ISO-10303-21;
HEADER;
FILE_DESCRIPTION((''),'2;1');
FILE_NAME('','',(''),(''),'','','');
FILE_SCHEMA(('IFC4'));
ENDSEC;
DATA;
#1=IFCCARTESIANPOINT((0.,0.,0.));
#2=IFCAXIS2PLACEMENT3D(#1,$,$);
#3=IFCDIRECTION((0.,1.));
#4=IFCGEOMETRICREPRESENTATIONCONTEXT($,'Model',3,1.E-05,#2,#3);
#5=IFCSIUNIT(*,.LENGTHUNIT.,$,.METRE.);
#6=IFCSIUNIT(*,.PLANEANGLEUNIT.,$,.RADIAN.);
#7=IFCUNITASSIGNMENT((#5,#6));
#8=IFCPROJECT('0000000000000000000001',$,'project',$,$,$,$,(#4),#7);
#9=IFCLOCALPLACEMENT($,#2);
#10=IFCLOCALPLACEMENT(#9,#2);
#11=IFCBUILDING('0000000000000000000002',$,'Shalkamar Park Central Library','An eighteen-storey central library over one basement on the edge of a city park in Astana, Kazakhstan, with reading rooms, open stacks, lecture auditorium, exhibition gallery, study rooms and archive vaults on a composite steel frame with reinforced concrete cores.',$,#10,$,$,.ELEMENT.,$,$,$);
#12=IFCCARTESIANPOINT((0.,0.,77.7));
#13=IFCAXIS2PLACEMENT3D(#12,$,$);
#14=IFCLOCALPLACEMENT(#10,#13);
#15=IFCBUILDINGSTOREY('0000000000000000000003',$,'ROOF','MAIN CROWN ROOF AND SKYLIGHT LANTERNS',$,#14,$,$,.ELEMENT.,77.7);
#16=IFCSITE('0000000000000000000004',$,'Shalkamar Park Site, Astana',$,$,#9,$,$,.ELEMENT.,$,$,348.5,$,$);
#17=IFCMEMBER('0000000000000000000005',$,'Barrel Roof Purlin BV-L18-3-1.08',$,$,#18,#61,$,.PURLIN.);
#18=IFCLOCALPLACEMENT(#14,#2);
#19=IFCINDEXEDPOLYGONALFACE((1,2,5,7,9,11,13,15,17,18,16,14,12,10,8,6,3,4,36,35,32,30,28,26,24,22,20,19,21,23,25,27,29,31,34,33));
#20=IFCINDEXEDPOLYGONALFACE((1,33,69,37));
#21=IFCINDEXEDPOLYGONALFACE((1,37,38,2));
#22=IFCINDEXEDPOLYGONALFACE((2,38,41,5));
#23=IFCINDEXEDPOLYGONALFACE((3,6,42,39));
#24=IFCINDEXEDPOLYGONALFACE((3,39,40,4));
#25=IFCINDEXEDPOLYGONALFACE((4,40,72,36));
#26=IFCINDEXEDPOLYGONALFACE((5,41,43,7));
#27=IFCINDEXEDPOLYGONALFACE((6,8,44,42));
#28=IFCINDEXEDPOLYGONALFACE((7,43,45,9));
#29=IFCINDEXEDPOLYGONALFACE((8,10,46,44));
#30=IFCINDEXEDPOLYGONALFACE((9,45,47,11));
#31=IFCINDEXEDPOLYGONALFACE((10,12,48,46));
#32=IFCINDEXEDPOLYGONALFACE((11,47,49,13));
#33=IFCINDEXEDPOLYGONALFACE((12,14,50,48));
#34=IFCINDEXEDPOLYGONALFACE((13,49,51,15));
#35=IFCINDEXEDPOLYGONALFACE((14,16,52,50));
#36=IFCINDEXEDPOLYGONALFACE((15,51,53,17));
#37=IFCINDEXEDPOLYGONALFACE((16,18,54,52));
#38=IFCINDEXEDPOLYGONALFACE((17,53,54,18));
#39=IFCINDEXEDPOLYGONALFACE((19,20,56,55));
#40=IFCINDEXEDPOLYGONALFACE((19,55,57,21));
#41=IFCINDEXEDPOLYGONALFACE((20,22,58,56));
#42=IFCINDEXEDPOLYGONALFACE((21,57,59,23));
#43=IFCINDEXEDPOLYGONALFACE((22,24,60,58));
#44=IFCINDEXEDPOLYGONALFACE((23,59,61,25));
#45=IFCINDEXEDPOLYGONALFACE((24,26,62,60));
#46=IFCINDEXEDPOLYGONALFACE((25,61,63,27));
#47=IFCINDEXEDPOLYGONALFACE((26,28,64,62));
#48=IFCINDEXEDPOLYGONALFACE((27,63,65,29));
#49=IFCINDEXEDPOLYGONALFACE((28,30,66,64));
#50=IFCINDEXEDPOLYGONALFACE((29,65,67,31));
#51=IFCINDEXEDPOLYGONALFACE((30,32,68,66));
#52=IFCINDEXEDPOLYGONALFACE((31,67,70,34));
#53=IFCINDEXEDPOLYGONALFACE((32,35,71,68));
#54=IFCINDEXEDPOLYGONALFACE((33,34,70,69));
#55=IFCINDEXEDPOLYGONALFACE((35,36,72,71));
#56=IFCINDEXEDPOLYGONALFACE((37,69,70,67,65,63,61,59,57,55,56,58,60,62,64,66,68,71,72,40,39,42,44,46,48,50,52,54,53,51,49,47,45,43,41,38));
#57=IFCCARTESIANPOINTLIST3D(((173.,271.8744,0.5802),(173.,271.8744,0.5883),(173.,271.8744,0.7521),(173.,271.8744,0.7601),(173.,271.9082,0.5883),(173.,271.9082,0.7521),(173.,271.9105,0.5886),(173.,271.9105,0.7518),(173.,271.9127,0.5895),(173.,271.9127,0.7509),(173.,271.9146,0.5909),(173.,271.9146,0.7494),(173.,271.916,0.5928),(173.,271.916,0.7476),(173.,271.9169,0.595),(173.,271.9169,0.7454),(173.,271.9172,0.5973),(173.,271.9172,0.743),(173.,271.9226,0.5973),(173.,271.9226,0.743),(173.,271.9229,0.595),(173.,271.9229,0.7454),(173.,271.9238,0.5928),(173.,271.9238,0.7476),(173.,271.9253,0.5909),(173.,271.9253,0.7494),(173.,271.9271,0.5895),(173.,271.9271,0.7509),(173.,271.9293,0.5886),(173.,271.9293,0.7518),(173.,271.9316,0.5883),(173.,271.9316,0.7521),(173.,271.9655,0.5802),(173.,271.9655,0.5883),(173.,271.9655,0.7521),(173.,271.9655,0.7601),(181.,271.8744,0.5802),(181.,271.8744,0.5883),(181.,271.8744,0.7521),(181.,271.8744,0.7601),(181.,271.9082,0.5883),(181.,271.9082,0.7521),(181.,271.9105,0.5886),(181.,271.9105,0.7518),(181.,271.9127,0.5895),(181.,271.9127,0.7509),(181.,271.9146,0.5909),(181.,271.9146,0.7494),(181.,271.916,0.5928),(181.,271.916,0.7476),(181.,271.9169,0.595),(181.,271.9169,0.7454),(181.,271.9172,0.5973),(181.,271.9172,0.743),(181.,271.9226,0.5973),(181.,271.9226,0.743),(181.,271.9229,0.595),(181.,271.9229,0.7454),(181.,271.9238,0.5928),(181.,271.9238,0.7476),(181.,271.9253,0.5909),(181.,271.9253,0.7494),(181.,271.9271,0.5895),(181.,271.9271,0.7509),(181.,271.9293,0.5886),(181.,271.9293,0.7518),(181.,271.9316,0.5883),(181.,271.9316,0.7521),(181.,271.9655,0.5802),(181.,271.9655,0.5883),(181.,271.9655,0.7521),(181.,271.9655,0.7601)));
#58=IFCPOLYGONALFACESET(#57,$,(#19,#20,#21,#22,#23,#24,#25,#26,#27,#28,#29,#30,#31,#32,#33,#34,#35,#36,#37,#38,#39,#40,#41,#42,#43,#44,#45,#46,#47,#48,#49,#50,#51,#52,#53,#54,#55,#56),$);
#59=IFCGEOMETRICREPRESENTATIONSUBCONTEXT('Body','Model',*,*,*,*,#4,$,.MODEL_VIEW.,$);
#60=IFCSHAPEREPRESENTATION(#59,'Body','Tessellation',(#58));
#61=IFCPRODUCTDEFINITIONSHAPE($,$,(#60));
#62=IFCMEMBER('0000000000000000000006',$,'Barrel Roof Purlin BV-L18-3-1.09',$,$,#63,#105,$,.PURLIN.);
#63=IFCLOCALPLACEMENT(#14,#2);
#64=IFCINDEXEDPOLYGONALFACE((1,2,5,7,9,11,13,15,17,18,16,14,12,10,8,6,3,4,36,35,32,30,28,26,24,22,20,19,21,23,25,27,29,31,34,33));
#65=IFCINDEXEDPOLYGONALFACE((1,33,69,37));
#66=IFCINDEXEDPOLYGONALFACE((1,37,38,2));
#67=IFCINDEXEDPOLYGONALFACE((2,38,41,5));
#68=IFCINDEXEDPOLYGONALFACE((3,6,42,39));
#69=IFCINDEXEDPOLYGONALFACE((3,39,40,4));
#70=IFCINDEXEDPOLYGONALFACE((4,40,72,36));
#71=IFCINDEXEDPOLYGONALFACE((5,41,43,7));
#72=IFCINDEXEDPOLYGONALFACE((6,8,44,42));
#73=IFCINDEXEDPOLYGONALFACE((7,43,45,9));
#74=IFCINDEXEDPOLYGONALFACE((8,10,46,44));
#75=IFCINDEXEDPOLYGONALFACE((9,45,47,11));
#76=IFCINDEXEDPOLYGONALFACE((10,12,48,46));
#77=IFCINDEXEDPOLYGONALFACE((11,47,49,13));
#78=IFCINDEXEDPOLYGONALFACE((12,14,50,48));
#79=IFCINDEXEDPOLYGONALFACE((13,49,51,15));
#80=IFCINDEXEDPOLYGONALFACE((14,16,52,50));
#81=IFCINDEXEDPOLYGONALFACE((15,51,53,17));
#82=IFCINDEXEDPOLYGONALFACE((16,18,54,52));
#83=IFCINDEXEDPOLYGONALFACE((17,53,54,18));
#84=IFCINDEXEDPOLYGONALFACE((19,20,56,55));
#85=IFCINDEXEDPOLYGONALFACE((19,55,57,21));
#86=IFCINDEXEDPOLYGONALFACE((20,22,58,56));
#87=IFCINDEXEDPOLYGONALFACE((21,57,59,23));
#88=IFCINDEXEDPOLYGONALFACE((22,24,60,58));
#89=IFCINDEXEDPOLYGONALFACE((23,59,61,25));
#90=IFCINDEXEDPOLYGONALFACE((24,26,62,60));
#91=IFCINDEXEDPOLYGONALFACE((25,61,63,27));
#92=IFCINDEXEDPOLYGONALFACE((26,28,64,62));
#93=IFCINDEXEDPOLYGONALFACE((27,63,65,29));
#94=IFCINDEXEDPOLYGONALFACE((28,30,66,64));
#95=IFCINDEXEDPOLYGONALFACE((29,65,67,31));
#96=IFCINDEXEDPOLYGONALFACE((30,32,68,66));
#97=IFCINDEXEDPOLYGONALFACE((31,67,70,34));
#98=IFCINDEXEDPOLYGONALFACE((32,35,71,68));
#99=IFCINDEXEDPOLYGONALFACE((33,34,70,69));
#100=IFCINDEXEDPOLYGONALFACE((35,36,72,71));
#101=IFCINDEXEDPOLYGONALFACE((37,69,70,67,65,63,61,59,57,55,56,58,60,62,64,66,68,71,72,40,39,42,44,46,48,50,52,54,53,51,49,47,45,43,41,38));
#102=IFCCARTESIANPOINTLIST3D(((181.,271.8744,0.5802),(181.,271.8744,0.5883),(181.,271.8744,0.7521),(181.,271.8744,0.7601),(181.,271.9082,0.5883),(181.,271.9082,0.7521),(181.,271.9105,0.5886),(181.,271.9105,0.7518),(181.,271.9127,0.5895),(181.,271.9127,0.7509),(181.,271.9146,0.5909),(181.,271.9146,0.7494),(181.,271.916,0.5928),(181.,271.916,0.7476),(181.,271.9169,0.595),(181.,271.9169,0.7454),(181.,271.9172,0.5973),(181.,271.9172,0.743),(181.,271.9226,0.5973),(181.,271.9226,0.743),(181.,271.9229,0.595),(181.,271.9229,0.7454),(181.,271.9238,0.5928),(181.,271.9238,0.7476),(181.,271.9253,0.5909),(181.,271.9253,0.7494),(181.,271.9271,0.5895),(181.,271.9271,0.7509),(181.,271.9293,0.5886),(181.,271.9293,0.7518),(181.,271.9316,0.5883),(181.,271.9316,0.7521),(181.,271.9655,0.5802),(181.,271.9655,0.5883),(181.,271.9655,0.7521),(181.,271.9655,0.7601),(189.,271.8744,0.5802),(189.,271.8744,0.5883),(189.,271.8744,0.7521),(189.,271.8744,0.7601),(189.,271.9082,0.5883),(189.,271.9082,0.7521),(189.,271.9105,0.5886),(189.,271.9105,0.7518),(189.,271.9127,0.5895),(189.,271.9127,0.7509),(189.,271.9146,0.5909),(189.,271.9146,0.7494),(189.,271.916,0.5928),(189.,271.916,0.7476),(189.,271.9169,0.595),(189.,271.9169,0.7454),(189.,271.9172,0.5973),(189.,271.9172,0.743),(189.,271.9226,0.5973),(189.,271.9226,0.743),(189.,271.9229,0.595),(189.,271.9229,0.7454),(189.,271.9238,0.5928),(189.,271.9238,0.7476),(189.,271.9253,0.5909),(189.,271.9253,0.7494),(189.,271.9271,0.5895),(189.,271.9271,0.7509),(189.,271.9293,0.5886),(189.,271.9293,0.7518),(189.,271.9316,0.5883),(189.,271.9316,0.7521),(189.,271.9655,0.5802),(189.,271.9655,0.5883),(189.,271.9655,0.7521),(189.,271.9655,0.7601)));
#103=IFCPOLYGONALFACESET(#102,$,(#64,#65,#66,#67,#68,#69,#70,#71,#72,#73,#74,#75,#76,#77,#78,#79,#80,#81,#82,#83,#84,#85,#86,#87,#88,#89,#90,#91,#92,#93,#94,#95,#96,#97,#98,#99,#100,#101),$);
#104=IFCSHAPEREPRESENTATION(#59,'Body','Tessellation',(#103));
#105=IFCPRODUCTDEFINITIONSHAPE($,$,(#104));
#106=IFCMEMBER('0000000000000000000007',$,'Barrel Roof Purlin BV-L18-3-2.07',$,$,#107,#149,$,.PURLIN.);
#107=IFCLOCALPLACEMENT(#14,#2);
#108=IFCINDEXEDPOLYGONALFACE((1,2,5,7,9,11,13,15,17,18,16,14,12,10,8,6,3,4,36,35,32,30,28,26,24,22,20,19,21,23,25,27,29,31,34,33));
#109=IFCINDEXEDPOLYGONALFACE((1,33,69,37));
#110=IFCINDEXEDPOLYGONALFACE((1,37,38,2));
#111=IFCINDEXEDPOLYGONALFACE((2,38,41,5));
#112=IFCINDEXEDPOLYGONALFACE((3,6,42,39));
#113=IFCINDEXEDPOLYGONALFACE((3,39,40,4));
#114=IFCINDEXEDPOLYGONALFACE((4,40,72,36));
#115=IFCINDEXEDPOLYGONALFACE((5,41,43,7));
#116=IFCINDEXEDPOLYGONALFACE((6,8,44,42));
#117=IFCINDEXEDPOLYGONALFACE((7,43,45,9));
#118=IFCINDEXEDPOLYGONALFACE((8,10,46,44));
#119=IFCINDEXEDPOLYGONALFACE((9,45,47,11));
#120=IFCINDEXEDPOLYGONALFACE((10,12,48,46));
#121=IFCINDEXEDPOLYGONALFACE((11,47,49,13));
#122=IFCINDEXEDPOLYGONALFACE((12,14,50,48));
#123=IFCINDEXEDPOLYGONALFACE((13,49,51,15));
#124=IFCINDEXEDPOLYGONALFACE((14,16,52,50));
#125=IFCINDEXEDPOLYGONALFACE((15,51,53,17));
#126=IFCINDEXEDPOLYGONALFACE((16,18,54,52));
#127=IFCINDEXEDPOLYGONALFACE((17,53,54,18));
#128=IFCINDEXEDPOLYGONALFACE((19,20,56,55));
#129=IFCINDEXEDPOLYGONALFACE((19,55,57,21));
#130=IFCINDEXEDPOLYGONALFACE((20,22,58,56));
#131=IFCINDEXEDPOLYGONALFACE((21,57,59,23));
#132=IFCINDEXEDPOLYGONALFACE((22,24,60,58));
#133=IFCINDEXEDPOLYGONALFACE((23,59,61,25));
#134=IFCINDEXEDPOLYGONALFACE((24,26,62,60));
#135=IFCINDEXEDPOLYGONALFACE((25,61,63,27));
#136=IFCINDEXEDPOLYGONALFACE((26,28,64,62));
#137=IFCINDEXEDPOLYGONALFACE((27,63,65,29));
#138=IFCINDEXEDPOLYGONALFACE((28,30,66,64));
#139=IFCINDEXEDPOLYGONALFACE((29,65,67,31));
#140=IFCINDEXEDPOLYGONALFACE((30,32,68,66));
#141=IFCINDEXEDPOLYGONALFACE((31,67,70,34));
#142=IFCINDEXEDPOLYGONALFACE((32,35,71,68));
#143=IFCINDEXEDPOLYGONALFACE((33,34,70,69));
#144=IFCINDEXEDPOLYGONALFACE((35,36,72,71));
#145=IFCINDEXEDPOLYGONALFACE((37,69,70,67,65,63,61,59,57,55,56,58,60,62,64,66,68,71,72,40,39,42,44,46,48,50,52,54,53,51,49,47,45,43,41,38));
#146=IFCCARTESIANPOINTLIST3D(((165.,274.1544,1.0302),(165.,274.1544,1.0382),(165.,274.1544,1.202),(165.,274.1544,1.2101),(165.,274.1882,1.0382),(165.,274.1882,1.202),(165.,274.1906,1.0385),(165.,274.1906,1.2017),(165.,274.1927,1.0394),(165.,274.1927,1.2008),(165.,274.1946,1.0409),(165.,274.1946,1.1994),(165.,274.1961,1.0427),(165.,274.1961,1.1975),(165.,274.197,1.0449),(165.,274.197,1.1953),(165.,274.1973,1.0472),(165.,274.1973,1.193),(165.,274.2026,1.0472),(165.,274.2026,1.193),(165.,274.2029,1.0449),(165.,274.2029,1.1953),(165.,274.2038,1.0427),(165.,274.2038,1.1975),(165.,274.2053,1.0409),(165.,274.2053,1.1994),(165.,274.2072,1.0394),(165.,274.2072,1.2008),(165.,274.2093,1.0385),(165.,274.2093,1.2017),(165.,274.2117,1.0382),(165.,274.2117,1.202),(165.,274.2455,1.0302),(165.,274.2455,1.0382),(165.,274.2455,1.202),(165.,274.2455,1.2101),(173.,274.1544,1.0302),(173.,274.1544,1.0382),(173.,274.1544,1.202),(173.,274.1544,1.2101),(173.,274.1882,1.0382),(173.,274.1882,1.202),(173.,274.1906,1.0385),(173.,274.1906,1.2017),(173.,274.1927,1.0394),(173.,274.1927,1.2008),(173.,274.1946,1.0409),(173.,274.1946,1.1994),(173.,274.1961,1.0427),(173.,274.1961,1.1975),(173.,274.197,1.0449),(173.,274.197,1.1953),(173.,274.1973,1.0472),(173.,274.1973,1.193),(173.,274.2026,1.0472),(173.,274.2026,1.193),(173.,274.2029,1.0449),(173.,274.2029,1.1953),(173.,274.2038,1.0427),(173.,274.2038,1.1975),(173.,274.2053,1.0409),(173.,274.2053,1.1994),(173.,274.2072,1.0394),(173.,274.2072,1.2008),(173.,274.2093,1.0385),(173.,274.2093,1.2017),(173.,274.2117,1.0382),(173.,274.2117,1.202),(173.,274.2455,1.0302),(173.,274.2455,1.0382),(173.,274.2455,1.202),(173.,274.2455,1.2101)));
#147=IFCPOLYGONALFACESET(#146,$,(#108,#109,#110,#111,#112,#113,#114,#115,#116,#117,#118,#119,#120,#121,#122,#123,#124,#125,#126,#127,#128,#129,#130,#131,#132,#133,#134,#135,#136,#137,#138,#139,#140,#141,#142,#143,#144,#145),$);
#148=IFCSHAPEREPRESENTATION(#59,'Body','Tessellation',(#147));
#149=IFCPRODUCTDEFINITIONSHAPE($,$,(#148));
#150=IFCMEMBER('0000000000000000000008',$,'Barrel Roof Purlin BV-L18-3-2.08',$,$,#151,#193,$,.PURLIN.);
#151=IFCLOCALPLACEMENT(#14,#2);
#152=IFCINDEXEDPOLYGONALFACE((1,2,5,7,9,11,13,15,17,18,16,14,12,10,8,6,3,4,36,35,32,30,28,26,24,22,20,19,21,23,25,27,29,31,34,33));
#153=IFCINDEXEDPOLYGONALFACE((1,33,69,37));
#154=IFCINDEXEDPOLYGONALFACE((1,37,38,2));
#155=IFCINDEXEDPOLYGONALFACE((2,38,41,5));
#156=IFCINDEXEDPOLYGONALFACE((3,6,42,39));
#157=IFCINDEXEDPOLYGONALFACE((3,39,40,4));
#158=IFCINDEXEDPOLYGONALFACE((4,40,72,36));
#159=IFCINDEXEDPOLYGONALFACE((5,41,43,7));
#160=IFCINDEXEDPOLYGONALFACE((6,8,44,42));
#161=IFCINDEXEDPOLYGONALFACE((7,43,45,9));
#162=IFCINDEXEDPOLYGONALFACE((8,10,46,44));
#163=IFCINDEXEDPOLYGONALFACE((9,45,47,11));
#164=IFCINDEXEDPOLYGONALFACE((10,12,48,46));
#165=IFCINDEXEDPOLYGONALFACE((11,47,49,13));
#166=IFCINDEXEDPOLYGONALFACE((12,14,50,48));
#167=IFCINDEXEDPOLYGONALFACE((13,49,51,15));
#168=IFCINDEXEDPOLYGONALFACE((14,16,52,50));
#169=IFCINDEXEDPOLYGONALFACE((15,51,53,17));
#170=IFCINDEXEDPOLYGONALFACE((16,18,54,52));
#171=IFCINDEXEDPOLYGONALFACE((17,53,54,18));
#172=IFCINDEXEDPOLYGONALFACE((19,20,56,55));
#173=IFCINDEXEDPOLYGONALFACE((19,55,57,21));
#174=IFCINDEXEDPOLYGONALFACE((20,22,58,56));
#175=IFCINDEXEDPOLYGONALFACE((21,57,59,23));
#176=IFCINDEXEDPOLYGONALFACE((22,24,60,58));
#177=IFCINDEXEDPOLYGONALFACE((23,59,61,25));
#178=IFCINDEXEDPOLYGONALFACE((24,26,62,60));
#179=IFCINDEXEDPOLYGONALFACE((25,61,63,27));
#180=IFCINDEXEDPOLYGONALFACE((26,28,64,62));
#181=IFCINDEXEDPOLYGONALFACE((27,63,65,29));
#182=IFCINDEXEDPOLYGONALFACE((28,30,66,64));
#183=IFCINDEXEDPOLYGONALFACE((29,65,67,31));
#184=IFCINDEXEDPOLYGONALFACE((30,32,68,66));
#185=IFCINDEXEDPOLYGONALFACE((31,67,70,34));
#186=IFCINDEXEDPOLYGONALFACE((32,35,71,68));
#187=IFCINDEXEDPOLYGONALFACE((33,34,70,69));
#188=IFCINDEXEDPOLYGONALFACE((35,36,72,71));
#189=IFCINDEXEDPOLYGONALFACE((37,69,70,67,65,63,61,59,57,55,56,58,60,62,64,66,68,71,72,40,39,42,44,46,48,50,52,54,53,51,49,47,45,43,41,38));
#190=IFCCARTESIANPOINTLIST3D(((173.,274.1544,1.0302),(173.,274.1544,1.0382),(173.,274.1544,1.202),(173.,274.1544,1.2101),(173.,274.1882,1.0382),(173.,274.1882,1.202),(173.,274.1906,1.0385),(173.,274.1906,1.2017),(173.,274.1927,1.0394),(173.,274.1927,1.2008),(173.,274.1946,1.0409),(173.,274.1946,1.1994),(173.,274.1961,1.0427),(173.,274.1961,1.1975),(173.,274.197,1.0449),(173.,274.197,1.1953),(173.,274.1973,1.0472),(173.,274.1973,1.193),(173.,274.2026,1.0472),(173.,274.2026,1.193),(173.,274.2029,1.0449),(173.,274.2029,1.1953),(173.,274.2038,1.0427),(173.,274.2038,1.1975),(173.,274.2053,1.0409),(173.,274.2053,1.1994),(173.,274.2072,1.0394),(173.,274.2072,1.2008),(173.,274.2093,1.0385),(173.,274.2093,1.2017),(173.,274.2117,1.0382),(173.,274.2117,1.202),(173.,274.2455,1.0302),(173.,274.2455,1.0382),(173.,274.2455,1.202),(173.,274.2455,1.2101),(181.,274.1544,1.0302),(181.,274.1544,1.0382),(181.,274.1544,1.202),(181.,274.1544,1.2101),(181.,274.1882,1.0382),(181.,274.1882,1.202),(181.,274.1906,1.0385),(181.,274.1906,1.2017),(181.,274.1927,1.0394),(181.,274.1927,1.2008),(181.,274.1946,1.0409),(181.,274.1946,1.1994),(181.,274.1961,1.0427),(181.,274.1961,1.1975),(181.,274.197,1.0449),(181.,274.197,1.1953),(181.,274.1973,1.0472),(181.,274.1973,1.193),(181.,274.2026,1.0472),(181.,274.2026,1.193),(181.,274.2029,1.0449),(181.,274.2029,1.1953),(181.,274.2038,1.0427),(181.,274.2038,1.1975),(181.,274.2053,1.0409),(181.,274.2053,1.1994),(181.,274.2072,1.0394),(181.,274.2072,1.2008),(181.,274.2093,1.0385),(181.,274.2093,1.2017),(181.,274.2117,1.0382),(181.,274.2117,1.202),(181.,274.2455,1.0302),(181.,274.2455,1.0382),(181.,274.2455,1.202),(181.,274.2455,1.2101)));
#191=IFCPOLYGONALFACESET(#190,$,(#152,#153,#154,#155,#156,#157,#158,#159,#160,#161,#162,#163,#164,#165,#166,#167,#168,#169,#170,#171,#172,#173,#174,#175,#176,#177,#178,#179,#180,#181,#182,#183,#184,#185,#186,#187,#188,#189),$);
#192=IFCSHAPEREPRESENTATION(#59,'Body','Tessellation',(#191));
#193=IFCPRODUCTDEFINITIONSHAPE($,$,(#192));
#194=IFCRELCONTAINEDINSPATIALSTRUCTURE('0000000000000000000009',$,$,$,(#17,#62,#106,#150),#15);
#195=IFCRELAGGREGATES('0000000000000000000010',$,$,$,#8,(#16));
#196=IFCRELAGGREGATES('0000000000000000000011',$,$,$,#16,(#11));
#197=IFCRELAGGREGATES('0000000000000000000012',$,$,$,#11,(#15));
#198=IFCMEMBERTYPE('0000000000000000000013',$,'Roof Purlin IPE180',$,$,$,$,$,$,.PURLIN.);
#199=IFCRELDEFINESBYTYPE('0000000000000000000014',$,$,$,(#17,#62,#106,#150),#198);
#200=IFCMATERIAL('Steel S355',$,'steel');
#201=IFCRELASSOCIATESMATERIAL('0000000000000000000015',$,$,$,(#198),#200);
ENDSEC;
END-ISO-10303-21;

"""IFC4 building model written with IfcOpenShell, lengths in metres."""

from ifc_helpers import new_model, si_unit, direction, frame, origin, origin_2d, place, context, subcontext, project, spatial, i_section, extrude, material, material_profile, profile_set, type_object, element, save


model = new_model("IFC4")

# Units and contexts
model_context = context("Model", 3, precision=1e-05, world=origin(), true_north=direction((0.0, 1.0)))
body_context = subcontext(model_context, "Body", "Model", "MODEL_VIEW")
ifc_project = project(units=[si_unit("LENGTHUNIT", "METRE"), si_unit("PLANEANGLEUNIT", "RADIAN")], contexts=[model_context])

# Site, building, storey
site_placement = place(None, origin())
site = spatial("IfcSite", under=ifc_project, at=site_placement, Name="Shalkamar Park Site, Astana", CompositionType="ELEMENT", RefElevation=348.5)
building_placement = place(site_placement, origin())
building = spatial("IfcBuilding", under=site, at=building_placement, Name="Shalkamar Park Central Library", Description="An eighteen-storey central library over one basement on the edge of a city park in Astana, Kazakhstan, with reading rooms, open stacks, lecture auditorium, exhibition gallery, study rooms and archive vaults on a composite steel frame with reinforced concrete cores.", CompositionType="ELEMENT")
storey_placement = place(building_placement, frame((0.0, 0.0, 77.7)))
storey = spatial("IfcBuildingStorey", under=building, at=storey_placement, Name="ROOF", Description="MAIN CROWN ROOF AND SKYLIGHT LANTERNS", CompositionType="ELEMENT", Elevation=77.7)

# Members
ifc_material_1 = material(Name="Steel S355", Category="steel")
ifc_material_profile_1 = material_profile(ifc_material_1, i_section(OverallWidth=0.0911, OverallDepth=0.1799, WebThickness=0.0054, FlangeThickness=0.0081, FilletRadius=0.009, at=origin_2d()), Name="IPE 180")
ifc_profile_set_1 = profile_set([ifc_material_profile_1], Name="Steel S355")
member_type_1 = type_object("IfcMemberType", Name="Roof Purlin IPE180", PredefinedType="PURLIN", material=ifc_profile_set_1)
for number, where, z_axis, x_axis, name in (
    (1, (173.0, 271.9199, 0.6702), (1.0, 0.0, 0.0), (0.0, 1.0, 0.0), "Barrel Roof Purlin BV-L18-3-1.08"),
    (2, (181.0, 271.9199, 0.6702), (1.0, 0.0, 0.0), (0.0, 1.0, 0.0), "Barrel Roof Purlin BV-L18-3-1.09"),
    (3, (165.0, 274.2, 1.1201), (1.0, 0.0, 0.0), (0.0, 1.0, 0.0), "Barrel Roof Purlin BV-L18-3-2.07"),
    (4, (173.0, 274.2, 1.1201), (1.0, 0.0, 0.0), (0.0, 1.0, 0.0), "Barrel Roof Purlin BV-L18-3-2.08"),
):
    element("IfcMember", number, at=place(storey_placement, frame(where, z_axis=z_axis, x_axis=x_axis)), inside=storey, type_object=member_type_1, Name=name, PredefinedType="PURLIN", context=body_context, shape_type="SweptSolid", body=[
        extrude(i_section(OverallWidth=0.0911, OverallDepth=0.1799, WebThickness=0.0054, FlangeThickness=0.0081, FilletRadius=0.009, at=origin_2d()), origin(), (0.0, 0.0, 1.0), 8.0),
    ])

save(model, "model.ifc")
